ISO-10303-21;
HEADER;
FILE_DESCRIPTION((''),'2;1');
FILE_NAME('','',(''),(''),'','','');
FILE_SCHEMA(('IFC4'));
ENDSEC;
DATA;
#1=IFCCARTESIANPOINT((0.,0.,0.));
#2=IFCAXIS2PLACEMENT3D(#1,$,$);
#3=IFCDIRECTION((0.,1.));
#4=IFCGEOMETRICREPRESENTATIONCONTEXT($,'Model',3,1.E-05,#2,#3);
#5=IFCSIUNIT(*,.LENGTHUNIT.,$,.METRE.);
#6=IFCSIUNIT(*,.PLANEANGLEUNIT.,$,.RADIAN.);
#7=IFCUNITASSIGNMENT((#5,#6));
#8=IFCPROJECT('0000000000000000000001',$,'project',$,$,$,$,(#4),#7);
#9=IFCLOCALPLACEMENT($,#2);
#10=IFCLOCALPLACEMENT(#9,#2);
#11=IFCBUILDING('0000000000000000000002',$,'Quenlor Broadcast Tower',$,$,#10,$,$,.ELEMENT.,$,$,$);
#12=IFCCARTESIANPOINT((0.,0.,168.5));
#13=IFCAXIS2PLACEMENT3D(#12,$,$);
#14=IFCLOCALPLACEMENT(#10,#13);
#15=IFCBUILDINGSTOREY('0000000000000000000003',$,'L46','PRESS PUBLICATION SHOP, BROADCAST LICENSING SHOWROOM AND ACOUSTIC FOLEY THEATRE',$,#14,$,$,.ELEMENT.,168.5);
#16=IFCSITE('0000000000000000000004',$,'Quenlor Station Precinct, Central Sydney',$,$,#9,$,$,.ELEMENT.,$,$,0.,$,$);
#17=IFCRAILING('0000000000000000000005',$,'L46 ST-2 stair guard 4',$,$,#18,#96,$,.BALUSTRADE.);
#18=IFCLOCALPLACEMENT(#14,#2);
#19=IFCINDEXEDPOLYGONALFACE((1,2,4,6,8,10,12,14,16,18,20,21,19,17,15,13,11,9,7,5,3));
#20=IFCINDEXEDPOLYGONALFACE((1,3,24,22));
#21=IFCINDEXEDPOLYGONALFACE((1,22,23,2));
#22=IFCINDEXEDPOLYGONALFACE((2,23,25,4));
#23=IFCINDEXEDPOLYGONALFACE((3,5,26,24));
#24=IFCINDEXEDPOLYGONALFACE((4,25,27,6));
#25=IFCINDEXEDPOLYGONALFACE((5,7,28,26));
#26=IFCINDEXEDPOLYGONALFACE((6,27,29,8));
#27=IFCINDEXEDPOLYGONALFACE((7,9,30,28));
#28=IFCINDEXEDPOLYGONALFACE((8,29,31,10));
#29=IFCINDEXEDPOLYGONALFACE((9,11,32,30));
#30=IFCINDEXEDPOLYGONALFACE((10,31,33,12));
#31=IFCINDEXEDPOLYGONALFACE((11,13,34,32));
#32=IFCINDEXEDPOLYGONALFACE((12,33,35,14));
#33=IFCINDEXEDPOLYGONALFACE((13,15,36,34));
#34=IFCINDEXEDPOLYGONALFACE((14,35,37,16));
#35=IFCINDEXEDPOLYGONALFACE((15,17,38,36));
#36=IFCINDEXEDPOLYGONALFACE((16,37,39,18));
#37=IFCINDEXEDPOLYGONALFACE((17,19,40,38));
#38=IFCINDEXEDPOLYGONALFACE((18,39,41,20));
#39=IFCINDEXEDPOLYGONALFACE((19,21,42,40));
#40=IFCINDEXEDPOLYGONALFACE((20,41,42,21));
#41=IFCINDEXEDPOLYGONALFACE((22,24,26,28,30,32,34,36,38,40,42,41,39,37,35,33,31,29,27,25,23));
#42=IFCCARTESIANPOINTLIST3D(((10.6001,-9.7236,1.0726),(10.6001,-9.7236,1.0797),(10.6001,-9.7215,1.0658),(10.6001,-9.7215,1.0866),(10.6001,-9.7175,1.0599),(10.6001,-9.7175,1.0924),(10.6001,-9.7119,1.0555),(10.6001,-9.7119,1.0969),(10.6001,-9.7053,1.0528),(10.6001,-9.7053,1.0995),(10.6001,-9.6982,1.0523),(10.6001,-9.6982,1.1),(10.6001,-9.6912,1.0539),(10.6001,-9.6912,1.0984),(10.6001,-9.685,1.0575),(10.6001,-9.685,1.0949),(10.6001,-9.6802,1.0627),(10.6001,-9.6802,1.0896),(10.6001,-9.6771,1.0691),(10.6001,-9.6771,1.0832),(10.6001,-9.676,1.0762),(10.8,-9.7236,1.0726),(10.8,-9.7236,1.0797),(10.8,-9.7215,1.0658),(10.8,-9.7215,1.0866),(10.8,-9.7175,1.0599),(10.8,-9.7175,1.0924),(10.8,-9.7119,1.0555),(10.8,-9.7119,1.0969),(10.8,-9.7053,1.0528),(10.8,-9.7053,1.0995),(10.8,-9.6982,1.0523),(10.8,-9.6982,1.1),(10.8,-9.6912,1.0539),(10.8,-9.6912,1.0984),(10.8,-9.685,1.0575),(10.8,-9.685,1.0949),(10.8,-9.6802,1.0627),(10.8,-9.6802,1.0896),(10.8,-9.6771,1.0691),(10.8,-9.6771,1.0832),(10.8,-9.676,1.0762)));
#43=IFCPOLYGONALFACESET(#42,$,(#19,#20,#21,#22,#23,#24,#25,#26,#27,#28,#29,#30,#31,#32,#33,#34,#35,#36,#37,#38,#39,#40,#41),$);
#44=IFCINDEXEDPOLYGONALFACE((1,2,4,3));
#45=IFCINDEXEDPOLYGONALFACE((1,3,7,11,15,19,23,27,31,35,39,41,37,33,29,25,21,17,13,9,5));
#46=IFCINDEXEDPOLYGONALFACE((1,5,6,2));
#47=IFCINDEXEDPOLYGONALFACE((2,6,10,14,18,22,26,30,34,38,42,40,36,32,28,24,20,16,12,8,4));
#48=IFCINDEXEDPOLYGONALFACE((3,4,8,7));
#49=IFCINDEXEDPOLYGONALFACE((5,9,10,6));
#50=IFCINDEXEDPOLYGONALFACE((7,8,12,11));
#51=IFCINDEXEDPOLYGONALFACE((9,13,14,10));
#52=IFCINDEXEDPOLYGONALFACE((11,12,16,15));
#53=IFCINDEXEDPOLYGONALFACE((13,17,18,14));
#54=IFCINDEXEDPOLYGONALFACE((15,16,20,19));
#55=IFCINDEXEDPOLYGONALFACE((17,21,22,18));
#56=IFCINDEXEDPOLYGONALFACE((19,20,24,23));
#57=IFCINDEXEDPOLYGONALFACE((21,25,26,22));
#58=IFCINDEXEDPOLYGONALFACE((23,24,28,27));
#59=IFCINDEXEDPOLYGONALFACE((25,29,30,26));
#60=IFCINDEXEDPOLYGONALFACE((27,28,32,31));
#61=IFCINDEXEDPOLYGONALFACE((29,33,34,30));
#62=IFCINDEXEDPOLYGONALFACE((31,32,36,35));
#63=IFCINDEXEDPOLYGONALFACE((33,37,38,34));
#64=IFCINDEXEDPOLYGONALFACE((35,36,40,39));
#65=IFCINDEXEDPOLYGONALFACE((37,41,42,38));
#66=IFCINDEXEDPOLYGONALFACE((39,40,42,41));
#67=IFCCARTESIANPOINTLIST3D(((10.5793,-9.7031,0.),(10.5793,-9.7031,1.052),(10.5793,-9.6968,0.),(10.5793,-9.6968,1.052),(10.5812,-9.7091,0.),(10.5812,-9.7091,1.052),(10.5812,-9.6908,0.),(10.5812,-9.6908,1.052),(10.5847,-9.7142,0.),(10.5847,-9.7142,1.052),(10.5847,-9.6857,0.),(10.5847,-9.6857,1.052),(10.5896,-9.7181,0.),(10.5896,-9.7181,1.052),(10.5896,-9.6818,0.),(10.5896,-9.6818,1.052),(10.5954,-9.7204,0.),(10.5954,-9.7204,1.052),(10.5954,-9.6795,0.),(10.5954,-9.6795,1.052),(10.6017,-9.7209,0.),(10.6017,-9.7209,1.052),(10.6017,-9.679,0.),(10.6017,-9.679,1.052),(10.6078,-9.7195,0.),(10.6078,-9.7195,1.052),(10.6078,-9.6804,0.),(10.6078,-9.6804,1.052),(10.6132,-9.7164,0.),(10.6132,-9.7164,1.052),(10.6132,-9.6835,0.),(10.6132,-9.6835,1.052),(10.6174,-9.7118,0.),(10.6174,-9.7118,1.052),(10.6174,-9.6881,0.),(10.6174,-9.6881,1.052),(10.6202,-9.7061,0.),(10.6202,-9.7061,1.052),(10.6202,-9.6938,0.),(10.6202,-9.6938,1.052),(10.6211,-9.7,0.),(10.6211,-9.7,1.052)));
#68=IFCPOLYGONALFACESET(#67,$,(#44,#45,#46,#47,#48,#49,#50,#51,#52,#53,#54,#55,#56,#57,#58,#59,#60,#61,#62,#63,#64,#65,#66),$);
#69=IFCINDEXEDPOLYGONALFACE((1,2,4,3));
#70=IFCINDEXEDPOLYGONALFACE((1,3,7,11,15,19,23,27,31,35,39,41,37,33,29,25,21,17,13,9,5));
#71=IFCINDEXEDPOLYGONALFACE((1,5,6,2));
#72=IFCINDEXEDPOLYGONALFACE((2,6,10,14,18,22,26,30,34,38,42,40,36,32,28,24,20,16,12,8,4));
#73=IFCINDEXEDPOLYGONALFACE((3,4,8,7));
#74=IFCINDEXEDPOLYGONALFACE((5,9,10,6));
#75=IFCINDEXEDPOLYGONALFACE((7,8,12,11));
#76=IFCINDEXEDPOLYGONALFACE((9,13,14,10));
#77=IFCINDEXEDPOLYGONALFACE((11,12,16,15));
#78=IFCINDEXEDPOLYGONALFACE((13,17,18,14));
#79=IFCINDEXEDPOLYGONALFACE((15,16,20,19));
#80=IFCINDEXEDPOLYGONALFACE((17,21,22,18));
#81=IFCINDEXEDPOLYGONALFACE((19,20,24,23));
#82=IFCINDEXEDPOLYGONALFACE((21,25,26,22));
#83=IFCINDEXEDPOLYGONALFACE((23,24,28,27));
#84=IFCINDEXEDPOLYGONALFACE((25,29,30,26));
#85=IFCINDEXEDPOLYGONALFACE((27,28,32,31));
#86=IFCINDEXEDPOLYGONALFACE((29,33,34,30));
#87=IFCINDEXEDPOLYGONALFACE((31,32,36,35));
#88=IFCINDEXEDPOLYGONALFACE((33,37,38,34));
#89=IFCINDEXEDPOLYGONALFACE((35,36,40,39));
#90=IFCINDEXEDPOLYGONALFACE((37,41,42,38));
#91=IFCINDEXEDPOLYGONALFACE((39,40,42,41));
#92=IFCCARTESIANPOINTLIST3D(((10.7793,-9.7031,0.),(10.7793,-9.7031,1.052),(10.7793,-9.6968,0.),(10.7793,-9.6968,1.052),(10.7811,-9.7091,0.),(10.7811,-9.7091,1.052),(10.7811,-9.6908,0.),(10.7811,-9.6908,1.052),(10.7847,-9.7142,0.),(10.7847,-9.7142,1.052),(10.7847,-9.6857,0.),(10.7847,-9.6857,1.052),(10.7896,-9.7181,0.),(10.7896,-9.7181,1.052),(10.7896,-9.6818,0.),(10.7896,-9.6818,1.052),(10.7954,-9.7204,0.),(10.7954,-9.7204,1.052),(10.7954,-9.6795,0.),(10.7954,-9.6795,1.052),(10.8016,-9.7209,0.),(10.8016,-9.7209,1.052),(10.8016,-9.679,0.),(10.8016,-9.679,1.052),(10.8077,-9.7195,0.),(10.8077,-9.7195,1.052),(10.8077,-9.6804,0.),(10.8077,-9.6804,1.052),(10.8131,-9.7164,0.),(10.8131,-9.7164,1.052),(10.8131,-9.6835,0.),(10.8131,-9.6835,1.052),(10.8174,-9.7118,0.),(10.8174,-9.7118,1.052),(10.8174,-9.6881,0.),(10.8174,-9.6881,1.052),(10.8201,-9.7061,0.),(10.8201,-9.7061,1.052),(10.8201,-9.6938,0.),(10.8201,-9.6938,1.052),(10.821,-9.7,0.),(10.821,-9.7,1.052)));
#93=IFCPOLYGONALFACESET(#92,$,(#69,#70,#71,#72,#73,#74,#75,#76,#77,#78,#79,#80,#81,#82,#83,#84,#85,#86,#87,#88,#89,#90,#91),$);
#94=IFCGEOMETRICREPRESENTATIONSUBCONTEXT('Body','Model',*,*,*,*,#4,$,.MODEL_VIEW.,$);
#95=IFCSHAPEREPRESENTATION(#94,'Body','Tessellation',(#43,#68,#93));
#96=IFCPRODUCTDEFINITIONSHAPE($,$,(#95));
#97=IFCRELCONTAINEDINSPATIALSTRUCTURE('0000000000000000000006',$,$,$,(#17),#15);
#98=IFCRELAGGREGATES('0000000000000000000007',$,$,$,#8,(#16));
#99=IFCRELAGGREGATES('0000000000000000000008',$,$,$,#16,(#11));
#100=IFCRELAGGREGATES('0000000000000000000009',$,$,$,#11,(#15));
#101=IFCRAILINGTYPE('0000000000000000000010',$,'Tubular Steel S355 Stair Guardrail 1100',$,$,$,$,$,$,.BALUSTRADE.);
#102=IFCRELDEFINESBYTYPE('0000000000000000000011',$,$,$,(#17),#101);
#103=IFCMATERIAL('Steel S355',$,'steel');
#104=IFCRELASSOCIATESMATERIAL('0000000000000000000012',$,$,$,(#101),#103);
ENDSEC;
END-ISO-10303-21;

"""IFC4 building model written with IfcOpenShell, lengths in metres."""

from ifc_helpers import new_model, si_unit, direction, frame, origin, origin_2d, place, context, subcontext, project, spatial, circle, extrude, material, type_object, element, save


model = new_model("IFC4")

# Units and contexts
model_context = context("Model", 3, precision=1e-05, world=origin(), true_north=direction((0.0, 1.0)))
body_context = subcontext(model_context, "Body", "Model", "MODEL_VIEW")
ifc_project = project(units=[si_unit("LENGTHUNIT", "METRE"), si_unit("PLANEANGLEUNIT", "RADIAN")], contexts=[model_context])

# Site, building, storey
site_placement = place(None, origin())
site = spatial("IfcSite", under=ifc_project, at=site_placement, Name="Quenlor Station Precinct, Central Sydney", CompositionType="ELEMENT", RefElevation=0.0)
building_placement = place(site_placement, origin())
building = spatial("IfcBuilding", under=site, at=building_placement, Name="Quenlor Broadcast Tower", CompositionType="ELEMENT")
storey_placement = place(building_placement, frame((0.0, 0.0, 168.5)))
storey = spatial("IfcBuildingStorey", under=building, at=storey_placement, Name="L46", Description="PRESS PUBLICATION SHOP, BROADCAST LICENSING SHOWROOM AND ACOUSTIC FOLEY THEATRE", CompositionType="ELEMENT", Elevation=168.5)

# Railing
ifc_material_1 = material(Name="Steel S355", Category="steel")
railing_type = type_object("IfcRailingType", Name="Tubular Steel S355 Stair Guardrail 1100", PredefinedType="BALUSTRADE", material=ifc_material_1)
railing_1_placement = place(storey_placement, frame((10.6001, -9.7, 0.0)))
element("IfcRailing", 1, at=railing_1_placement, inside=storey, type_object=railing_type, Name="L46 ST-2 stair guard 4", PredefinedType="BALUSTRADE", context=body_context, shape_type="SweptSolid", body=[
    extrude(circle(Radius=0.0239, at=origin_2d()), frame((0.0, 0.0, 1.0762), z_axis=(1.0, 0.0, 0.0), x_axis=(0.0, 1.0, 0.0)), (0.0, 0.0, 1.0), 0.2),
    extrude(circle(Radius=0.021, at=origin_2d()), origin(), (0.0, 0.0, 1.0), 1.052),
    extrude(circle(Radius=0.021, at=origin_2d()), frame((0.2, 0.0, 0.0)), (0.0, 0.0, 1.0), 1.052),
])

save(model, "model.ifc")
